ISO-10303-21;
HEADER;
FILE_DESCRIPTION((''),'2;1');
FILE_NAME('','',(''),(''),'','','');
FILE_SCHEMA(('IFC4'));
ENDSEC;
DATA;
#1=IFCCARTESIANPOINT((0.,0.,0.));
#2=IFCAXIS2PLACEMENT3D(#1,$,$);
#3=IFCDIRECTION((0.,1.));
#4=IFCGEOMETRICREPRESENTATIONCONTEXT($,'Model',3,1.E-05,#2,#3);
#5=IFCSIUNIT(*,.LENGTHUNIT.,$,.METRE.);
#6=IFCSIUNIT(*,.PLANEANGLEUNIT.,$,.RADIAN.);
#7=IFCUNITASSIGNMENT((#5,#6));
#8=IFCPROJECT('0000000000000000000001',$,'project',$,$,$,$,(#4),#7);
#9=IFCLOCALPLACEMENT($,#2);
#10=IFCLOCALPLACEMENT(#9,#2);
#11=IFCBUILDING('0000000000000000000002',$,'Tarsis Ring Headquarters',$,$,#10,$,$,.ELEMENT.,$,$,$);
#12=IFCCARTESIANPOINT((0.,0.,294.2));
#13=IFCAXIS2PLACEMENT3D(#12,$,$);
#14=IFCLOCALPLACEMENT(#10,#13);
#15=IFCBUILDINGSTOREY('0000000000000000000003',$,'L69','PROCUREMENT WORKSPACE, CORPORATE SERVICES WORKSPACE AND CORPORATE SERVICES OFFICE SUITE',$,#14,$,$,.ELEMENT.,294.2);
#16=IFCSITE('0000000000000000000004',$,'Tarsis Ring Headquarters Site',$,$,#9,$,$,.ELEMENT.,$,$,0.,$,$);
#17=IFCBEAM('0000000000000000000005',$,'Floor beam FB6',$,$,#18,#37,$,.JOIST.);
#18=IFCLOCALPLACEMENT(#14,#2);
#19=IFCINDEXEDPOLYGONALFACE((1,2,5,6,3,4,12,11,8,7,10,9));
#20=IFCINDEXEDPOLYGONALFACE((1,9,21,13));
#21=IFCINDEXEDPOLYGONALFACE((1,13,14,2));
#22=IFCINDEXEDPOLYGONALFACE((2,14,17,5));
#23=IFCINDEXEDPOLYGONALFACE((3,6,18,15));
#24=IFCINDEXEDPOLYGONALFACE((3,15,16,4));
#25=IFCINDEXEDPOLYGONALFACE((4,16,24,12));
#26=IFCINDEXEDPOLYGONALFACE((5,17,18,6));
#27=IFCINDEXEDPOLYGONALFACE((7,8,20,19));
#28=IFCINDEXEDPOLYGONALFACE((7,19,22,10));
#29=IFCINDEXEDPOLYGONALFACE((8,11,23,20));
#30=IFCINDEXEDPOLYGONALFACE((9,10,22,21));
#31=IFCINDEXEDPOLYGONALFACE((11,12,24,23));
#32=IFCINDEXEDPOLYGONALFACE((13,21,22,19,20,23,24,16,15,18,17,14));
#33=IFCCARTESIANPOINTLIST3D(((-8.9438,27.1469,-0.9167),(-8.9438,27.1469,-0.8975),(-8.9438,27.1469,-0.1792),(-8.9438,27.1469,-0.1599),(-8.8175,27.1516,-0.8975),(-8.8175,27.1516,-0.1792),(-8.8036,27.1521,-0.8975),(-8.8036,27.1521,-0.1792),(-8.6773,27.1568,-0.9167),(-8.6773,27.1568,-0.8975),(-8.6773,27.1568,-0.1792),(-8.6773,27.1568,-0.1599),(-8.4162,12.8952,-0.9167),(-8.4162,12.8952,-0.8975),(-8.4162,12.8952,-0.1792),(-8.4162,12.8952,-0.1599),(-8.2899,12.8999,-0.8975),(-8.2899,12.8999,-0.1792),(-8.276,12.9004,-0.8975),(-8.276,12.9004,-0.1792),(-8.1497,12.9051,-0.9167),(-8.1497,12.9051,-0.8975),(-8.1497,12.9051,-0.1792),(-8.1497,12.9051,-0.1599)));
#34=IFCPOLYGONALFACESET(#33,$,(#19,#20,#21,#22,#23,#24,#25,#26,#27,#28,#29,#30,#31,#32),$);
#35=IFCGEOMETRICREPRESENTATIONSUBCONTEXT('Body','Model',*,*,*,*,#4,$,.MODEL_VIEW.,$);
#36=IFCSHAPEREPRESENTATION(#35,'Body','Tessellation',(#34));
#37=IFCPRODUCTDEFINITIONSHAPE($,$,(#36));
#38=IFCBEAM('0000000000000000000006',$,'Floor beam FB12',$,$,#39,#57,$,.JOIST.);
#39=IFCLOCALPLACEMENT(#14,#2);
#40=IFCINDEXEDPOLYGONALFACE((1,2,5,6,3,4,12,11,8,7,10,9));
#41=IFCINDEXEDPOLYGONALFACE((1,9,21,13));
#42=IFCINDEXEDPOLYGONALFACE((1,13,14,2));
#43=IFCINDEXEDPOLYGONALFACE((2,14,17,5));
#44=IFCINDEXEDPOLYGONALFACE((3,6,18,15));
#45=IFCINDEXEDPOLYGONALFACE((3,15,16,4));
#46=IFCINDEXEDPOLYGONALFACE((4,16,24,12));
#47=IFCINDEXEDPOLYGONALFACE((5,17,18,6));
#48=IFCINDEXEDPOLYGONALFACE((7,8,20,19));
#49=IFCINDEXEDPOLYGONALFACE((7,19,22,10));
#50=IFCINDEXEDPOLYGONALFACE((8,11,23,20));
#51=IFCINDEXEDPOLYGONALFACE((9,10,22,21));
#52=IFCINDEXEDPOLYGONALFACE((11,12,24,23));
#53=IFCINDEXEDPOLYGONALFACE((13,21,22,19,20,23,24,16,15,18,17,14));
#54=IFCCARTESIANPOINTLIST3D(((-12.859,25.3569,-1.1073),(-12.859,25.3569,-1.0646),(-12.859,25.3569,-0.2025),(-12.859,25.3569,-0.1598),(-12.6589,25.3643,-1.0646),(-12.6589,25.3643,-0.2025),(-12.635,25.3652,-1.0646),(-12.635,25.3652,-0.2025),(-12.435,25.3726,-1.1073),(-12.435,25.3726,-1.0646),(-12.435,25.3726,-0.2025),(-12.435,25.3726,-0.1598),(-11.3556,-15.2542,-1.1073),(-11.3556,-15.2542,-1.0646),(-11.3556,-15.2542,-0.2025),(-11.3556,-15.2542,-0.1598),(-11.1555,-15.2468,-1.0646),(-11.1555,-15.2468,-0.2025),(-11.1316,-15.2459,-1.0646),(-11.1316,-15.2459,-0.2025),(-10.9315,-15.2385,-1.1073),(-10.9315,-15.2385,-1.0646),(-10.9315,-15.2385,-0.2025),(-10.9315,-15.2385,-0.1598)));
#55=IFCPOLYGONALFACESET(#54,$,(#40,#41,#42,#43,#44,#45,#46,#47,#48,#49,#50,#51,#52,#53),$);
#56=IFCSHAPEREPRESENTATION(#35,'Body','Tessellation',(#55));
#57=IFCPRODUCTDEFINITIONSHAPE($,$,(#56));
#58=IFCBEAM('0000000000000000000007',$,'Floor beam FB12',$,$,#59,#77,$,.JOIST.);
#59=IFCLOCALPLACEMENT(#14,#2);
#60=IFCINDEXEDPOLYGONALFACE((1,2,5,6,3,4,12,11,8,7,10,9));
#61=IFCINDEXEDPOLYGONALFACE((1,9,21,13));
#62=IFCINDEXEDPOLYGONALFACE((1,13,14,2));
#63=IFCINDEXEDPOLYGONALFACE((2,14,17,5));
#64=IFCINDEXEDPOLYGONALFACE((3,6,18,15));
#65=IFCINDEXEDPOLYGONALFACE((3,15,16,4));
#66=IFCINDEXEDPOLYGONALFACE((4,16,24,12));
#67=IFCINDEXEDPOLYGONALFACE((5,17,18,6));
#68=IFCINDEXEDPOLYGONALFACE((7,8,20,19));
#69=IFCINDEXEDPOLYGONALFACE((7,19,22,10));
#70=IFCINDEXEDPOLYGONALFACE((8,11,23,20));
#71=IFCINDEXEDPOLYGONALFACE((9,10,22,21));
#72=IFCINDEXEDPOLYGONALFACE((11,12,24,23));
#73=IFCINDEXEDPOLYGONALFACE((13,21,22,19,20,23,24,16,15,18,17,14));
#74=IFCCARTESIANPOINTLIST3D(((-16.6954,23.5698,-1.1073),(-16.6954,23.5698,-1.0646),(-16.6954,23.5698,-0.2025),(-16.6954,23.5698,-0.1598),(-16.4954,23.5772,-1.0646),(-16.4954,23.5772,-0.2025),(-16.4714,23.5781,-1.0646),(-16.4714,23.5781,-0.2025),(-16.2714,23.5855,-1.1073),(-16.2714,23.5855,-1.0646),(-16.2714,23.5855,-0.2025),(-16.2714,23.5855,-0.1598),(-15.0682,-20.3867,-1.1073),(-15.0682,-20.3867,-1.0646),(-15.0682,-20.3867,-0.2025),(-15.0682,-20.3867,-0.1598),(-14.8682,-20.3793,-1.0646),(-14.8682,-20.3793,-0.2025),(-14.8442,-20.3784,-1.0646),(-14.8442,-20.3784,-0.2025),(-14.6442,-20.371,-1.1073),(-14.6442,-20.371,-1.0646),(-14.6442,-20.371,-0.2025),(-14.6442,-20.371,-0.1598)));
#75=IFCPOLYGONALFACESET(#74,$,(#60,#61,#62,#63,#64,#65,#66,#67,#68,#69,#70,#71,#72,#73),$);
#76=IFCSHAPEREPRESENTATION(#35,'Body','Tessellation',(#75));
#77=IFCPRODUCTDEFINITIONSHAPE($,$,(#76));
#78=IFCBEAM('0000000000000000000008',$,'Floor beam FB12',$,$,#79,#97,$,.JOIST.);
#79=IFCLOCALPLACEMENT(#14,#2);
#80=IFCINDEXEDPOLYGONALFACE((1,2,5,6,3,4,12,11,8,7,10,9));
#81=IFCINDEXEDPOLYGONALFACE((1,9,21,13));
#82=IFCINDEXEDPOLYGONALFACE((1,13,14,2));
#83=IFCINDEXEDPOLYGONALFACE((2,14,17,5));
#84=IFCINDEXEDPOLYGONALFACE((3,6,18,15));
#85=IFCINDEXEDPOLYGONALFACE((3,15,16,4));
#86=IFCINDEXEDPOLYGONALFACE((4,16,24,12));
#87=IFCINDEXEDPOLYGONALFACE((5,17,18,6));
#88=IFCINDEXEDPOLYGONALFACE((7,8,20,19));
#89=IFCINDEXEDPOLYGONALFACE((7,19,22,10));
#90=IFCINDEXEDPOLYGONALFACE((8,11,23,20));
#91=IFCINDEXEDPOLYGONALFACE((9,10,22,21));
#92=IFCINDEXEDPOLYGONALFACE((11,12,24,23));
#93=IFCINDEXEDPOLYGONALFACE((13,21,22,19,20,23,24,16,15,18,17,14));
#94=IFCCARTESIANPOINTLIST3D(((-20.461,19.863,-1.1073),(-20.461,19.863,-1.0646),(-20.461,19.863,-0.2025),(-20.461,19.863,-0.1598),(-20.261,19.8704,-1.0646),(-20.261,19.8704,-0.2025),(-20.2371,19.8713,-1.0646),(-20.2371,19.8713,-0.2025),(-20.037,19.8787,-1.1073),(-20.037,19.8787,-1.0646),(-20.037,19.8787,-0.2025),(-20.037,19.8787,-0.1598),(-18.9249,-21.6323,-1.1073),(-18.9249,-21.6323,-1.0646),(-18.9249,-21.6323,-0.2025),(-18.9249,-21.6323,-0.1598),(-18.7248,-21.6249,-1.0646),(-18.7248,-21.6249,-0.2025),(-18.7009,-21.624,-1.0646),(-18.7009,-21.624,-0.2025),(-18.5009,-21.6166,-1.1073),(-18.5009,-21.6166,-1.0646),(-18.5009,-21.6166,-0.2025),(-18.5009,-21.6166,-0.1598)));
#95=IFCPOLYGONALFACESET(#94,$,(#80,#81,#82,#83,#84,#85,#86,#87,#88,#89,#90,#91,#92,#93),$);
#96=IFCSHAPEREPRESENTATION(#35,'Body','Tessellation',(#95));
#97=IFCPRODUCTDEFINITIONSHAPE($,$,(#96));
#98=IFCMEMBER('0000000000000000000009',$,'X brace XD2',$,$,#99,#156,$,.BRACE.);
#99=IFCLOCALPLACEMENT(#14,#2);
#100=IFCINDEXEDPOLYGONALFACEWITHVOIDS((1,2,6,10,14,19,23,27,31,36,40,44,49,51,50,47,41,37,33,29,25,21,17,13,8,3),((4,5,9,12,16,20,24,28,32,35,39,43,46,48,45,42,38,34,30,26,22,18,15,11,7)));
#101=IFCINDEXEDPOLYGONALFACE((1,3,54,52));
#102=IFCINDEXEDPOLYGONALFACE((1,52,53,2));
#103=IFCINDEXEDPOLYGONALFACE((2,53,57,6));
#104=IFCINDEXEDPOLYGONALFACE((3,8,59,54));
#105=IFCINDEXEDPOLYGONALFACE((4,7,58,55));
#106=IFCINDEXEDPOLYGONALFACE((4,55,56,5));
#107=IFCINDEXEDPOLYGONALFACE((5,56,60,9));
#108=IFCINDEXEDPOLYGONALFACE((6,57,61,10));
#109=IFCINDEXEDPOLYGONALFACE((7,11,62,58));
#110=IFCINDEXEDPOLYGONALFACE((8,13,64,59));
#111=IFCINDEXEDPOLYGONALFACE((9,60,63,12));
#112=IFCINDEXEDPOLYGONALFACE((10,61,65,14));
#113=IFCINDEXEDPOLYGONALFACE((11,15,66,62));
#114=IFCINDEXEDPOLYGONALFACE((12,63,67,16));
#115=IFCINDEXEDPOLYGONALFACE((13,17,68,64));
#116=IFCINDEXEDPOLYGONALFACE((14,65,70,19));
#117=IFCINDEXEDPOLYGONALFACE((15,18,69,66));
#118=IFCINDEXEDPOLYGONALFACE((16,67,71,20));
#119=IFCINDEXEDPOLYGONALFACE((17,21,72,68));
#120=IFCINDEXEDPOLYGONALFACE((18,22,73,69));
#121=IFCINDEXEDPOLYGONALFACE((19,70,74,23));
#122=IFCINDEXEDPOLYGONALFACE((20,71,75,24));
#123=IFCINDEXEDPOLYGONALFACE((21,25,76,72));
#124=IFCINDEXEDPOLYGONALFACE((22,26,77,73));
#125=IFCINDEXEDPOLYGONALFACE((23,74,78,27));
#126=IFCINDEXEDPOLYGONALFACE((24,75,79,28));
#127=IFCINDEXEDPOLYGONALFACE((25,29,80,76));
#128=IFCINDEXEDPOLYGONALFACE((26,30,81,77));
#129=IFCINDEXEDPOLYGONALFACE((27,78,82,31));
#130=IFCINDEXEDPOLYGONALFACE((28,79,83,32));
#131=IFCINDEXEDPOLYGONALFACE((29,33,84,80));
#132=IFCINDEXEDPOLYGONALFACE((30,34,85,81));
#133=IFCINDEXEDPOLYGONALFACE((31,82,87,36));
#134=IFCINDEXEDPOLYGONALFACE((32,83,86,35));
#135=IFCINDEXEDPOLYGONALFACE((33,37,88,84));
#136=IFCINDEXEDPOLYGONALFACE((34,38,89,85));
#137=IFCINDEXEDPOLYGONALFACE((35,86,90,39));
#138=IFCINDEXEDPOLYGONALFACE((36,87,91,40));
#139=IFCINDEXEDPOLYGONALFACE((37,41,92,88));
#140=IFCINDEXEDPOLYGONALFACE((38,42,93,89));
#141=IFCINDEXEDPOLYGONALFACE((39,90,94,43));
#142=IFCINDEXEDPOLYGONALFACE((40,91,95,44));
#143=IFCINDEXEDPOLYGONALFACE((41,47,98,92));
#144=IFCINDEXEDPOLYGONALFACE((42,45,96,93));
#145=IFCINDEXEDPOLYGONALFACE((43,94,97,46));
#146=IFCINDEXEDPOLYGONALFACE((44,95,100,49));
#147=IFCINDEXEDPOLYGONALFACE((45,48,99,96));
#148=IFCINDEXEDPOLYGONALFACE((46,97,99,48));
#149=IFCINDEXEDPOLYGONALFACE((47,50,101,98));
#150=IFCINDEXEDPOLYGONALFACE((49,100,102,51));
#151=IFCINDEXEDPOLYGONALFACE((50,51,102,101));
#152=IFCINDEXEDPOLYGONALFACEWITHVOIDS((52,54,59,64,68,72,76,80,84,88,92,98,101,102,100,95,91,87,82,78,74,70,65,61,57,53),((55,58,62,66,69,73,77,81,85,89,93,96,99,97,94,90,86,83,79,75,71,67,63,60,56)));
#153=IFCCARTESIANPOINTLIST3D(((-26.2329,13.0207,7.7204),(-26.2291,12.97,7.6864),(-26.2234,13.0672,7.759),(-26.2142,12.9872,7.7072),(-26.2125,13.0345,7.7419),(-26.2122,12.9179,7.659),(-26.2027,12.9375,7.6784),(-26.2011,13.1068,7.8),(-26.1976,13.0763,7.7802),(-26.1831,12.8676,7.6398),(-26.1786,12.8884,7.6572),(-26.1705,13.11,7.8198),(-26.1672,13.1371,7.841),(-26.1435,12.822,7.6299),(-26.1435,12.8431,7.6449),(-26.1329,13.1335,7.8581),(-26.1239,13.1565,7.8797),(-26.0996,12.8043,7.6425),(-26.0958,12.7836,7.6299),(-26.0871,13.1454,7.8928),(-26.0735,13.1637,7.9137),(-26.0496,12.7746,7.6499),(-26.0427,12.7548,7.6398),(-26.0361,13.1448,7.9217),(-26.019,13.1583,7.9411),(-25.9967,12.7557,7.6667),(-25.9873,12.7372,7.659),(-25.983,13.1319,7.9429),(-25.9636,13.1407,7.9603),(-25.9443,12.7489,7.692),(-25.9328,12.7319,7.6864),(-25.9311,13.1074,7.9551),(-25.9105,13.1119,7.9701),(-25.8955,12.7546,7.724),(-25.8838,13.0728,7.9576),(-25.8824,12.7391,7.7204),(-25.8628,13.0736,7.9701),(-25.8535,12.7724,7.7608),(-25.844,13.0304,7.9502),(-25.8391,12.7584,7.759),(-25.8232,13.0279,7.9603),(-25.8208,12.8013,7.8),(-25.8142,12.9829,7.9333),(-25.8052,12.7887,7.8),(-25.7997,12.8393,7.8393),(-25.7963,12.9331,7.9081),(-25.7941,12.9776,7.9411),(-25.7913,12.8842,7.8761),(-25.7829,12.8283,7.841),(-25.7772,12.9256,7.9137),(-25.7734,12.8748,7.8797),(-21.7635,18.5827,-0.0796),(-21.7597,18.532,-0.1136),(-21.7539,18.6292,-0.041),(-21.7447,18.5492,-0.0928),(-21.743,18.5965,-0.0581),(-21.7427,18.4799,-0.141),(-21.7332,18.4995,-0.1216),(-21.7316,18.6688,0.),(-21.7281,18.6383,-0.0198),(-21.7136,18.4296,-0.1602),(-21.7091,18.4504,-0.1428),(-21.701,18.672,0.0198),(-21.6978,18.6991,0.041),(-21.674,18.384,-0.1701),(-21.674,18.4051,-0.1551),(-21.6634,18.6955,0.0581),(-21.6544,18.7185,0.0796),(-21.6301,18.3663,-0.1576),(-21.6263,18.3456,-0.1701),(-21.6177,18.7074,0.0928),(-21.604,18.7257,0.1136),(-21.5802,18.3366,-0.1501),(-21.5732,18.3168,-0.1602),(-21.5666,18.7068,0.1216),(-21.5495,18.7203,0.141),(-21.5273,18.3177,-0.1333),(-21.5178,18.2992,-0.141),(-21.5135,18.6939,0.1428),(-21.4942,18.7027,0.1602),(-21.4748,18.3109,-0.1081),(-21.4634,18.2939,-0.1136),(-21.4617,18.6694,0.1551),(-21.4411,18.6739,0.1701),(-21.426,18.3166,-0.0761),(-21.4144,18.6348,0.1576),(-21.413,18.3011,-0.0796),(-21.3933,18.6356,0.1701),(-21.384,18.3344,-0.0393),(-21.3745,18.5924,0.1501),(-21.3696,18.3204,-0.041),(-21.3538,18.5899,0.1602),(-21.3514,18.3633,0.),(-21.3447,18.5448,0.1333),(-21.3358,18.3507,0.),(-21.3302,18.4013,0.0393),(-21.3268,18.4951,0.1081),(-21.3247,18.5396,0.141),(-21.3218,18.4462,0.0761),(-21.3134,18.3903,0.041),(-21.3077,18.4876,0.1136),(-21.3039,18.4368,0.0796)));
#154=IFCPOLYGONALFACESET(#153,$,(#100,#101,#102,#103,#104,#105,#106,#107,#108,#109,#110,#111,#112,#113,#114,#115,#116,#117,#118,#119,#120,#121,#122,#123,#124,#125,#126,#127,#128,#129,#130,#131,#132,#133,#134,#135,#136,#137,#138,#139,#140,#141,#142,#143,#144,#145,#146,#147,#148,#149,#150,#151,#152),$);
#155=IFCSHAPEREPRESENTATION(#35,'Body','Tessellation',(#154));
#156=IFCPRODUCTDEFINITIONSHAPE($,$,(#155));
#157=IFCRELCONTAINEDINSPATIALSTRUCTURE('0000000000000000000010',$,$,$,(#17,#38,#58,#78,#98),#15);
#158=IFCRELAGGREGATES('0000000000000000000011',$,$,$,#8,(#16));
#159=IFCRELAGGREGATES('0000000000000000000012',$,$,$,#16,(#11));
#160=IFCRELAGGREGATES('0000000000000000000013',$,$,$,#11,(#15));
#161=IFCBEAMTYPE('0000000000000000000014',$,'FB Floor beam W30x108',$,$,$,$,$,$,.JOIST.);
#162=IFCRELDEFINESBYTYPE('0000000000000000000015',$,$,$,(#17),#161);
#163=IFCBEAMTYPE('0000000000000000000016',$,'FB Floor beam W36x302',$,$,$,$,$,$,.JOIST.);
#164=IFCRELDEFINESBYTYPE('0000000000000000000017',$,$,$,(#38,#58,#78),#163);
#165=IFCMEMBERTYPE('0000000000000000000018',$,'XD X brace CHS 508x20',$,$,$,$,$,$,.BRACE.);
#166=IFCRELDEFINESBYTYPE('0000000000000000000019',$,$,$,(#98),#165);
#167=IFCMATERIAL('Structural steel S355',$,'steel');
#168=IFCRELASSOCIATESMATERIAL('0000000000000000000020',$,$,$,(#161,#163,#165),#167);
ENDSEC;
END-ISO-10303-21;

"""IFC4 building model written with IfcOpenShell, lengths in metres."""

from ifc_helpers import new_model, si_unit, direction, frame, origin, origin_2d, place, context, subcontext, project, spatial, hollow_circle, i_section, extrude, material, material_profile, profile_set, type_object, element, save


model = new_model("IFC4")

# Units and contexts
model_context = context("Model", 3, precision=1e-05, world=origin(), true_north=direction((0.0, 1.0)))
body_context = subcontext(model_context, "Body", "Model", "MODEL_VIEW")
ifc_project = project(units=[si_unit("LENGTHUNIT", "METRE"), si_unit("PLANEANGLEUNIT", "RADIAN")], contexts=[model_context])

# Site, building, storey
site_placement = place(None, origin())
site = spatial("IfcSite", under=ifc_project, at=site_placement, Name="Tarsis Ring Headquarters Site", CompositionType="ELEMENT", RefElevation=0.0)
building_placement = place(site_placement, origin())
building = spatial("IfcBuilding", under=site, at=building_placement, Name="Tarsis Ring Headquarters", CompositionType="ELEMENT")
storey_placement = place(building_placement, frame((0.0, 0.0, 294.2)))
storey = spatial("IfcBuildingStorey", under=building, at=storey_placement, Name="L69", Description="PROCUREMENT WORKSPACE, CORPORATE SERVICES WORKSPACE AND CORPORATE SERVICES OFFICE SUITE", CompositionType="ELEMENT", Elevation=294.2)

# Shared definitions
ifc_material_1 = material(Name="Structural steel S355", Category="steel")

# Beams
ifc_material_profile_1 = material_profile(ifc_material_1, i_section(OverallWidth=0.2666, OverallDepth=0.7568, WebThickness=0.0139, FlangeThickness=0.0193, at=origin_2d()), Name="W30x108")
ifc_profile_set_1 = profile_set([ifc_material_profile_1], Name="Structural steel S355")
beam_type_1 = type_object("IfcBeamType", Name="FB Floor beam W30x108", PredefinedType="JOIST", material=ifc_profile_set_1)
beam_1_placement = place(storey_placement, frame((-8.8105, 27.1519, -0.5383), z_axis=(0.036994, -0.999315, 0.0), x_axis=(0.999315, 0.036994, 0.0)))
element("IfcBeam", 1, at=beam_1_placement, inside=storey, type_object=beam_type_1, Name="Floor beam FB6", PredefinedType="JOIST", context=body_context, shape_type="SweptSolid", body=[
    extrude(i_section(OverallWidth=0.2666, OverallDepth=0.7568, WebThickness=0.0139, FlangeThickness=0.0193, at=origin_2d()), origin(), (0.0, 0.0, 1.0), 14.2615),
])
ifc_material_profile_2 = material_profile(ifc_material_1, i_section(OverallWidth=0.4243, OverallDepth=0.9475, WebThickness=0.0239, FlangeThickness=0.0427, at=origin_2d()), Name="W36x302")
ifc_profile_set_2 = profile_set([ifc_material_profile_2], Name="Structural steel S355")
beam_type_2 = type_object("IfcBeamType", Name="FB Floor beam W36x302", PredefinedType="JOIST", material=ifc_profile_set_2)
beam_2_placement = place(storey_placement, frame((-12.647, 25.3647, -0.6335), z_axis=(0.036995, -0.999315, 0.0), x_axis=(0.999315, 0.036995, 0.0)))
element("IfcBeam", 2, at=beam_2_placement, inside=storey, type_object=beam_type_2, Name="Floor beam FB12", PredefinedType="JOIST", context=body_context, shape_type="SweptSolid", body=[
    extrude(i_section(OverallWidth=0.4243, OverallDepth=0.9475, WebThickness=0.0239, FlangeThickness=0.0427, at=origin_2d()), origin(), (0.0, 0.0, 1.0), 40.6389),
])
beam_3_placement = place(storey_placement, frame((-16.4834, 23.5776, -0.6335), z_axis=(0.036993, -0.999316, 0.0), x_axis=(0.999316, 0.036993, 0.0)))
element("IfcBeam", 3, at=beam_3_placement, inside=storey, type_object=beam_type_2, Name="Floor beam FB12", PredefinedType="JOIST", context=body_context, shape_type="SweptSolid", body=[
    extrude(i_section(OverallWidth=0.4243, OverallDepth=0.9475, WebThickness=0.0239, FlangeThickness=0.0427, at=origin_2d()), origin(), (0.0, 0.0, 1.0), 43.9866),
])
beam_4_placement = place(storey_placement, frame((-20.249, 19.8708, -0.6335), z_axis=(0.036994, -0.999315, 0.0), x_axis=(0.999315, 0.036994, 0.0)))
element("IfcBeam", 4, at=beam_4_placement, inside=storey, type_object=beam_type_2, Name="Floor beam FB12", PredefinedType="JOIST", context=body_context, shape_type="SweptSolid", body=[
    extrude(i_section(OverallWidth=0.4243, OverallDepth=0.9475, WebThickness=0.0239, FlangeThickness=0.0427, at=origin_2d()), origin(), (0.0, 0.0, 1.0), 41.5237),
])

# Member
ifc_material_profile_3 = material_profile(ifc_material_1, hollow_circle(Radius=0.2539, WallThickness=0.02, at=origin_2d()), Name="CHS 508x20")
ifc_profile_set_3 = profile_set([ifc_material_profile_3], Name="Structural steel S355")
member_type = type_object("IfcMemberType", Name="XD X brace CHS 508x20", PredefinedType="BRACE", material=ifc_profile_set_3)
member_1_placement = place(storey_placement, frame((-21.5337, 18.5098, 0.0), z_axis=(-0.422793, -0.526141, 0.737849), x_axis=(0.779508, -0.626392, 0.0)))
element("IfcMember", 5, at=member_1_placement, inside=storey, type_object=member_type, Name="X brace XD2", PredefinedType="BRACE", context=body_context, shape_type="SweptSolid", body=[
    extrude(hollow_circle(Radius=0.2539, WallThickness=0.02, at=origin_2d()), origin(), (0.0, 0.0, 1.0), 10.5713),
])

save(model, "model.ifc")
